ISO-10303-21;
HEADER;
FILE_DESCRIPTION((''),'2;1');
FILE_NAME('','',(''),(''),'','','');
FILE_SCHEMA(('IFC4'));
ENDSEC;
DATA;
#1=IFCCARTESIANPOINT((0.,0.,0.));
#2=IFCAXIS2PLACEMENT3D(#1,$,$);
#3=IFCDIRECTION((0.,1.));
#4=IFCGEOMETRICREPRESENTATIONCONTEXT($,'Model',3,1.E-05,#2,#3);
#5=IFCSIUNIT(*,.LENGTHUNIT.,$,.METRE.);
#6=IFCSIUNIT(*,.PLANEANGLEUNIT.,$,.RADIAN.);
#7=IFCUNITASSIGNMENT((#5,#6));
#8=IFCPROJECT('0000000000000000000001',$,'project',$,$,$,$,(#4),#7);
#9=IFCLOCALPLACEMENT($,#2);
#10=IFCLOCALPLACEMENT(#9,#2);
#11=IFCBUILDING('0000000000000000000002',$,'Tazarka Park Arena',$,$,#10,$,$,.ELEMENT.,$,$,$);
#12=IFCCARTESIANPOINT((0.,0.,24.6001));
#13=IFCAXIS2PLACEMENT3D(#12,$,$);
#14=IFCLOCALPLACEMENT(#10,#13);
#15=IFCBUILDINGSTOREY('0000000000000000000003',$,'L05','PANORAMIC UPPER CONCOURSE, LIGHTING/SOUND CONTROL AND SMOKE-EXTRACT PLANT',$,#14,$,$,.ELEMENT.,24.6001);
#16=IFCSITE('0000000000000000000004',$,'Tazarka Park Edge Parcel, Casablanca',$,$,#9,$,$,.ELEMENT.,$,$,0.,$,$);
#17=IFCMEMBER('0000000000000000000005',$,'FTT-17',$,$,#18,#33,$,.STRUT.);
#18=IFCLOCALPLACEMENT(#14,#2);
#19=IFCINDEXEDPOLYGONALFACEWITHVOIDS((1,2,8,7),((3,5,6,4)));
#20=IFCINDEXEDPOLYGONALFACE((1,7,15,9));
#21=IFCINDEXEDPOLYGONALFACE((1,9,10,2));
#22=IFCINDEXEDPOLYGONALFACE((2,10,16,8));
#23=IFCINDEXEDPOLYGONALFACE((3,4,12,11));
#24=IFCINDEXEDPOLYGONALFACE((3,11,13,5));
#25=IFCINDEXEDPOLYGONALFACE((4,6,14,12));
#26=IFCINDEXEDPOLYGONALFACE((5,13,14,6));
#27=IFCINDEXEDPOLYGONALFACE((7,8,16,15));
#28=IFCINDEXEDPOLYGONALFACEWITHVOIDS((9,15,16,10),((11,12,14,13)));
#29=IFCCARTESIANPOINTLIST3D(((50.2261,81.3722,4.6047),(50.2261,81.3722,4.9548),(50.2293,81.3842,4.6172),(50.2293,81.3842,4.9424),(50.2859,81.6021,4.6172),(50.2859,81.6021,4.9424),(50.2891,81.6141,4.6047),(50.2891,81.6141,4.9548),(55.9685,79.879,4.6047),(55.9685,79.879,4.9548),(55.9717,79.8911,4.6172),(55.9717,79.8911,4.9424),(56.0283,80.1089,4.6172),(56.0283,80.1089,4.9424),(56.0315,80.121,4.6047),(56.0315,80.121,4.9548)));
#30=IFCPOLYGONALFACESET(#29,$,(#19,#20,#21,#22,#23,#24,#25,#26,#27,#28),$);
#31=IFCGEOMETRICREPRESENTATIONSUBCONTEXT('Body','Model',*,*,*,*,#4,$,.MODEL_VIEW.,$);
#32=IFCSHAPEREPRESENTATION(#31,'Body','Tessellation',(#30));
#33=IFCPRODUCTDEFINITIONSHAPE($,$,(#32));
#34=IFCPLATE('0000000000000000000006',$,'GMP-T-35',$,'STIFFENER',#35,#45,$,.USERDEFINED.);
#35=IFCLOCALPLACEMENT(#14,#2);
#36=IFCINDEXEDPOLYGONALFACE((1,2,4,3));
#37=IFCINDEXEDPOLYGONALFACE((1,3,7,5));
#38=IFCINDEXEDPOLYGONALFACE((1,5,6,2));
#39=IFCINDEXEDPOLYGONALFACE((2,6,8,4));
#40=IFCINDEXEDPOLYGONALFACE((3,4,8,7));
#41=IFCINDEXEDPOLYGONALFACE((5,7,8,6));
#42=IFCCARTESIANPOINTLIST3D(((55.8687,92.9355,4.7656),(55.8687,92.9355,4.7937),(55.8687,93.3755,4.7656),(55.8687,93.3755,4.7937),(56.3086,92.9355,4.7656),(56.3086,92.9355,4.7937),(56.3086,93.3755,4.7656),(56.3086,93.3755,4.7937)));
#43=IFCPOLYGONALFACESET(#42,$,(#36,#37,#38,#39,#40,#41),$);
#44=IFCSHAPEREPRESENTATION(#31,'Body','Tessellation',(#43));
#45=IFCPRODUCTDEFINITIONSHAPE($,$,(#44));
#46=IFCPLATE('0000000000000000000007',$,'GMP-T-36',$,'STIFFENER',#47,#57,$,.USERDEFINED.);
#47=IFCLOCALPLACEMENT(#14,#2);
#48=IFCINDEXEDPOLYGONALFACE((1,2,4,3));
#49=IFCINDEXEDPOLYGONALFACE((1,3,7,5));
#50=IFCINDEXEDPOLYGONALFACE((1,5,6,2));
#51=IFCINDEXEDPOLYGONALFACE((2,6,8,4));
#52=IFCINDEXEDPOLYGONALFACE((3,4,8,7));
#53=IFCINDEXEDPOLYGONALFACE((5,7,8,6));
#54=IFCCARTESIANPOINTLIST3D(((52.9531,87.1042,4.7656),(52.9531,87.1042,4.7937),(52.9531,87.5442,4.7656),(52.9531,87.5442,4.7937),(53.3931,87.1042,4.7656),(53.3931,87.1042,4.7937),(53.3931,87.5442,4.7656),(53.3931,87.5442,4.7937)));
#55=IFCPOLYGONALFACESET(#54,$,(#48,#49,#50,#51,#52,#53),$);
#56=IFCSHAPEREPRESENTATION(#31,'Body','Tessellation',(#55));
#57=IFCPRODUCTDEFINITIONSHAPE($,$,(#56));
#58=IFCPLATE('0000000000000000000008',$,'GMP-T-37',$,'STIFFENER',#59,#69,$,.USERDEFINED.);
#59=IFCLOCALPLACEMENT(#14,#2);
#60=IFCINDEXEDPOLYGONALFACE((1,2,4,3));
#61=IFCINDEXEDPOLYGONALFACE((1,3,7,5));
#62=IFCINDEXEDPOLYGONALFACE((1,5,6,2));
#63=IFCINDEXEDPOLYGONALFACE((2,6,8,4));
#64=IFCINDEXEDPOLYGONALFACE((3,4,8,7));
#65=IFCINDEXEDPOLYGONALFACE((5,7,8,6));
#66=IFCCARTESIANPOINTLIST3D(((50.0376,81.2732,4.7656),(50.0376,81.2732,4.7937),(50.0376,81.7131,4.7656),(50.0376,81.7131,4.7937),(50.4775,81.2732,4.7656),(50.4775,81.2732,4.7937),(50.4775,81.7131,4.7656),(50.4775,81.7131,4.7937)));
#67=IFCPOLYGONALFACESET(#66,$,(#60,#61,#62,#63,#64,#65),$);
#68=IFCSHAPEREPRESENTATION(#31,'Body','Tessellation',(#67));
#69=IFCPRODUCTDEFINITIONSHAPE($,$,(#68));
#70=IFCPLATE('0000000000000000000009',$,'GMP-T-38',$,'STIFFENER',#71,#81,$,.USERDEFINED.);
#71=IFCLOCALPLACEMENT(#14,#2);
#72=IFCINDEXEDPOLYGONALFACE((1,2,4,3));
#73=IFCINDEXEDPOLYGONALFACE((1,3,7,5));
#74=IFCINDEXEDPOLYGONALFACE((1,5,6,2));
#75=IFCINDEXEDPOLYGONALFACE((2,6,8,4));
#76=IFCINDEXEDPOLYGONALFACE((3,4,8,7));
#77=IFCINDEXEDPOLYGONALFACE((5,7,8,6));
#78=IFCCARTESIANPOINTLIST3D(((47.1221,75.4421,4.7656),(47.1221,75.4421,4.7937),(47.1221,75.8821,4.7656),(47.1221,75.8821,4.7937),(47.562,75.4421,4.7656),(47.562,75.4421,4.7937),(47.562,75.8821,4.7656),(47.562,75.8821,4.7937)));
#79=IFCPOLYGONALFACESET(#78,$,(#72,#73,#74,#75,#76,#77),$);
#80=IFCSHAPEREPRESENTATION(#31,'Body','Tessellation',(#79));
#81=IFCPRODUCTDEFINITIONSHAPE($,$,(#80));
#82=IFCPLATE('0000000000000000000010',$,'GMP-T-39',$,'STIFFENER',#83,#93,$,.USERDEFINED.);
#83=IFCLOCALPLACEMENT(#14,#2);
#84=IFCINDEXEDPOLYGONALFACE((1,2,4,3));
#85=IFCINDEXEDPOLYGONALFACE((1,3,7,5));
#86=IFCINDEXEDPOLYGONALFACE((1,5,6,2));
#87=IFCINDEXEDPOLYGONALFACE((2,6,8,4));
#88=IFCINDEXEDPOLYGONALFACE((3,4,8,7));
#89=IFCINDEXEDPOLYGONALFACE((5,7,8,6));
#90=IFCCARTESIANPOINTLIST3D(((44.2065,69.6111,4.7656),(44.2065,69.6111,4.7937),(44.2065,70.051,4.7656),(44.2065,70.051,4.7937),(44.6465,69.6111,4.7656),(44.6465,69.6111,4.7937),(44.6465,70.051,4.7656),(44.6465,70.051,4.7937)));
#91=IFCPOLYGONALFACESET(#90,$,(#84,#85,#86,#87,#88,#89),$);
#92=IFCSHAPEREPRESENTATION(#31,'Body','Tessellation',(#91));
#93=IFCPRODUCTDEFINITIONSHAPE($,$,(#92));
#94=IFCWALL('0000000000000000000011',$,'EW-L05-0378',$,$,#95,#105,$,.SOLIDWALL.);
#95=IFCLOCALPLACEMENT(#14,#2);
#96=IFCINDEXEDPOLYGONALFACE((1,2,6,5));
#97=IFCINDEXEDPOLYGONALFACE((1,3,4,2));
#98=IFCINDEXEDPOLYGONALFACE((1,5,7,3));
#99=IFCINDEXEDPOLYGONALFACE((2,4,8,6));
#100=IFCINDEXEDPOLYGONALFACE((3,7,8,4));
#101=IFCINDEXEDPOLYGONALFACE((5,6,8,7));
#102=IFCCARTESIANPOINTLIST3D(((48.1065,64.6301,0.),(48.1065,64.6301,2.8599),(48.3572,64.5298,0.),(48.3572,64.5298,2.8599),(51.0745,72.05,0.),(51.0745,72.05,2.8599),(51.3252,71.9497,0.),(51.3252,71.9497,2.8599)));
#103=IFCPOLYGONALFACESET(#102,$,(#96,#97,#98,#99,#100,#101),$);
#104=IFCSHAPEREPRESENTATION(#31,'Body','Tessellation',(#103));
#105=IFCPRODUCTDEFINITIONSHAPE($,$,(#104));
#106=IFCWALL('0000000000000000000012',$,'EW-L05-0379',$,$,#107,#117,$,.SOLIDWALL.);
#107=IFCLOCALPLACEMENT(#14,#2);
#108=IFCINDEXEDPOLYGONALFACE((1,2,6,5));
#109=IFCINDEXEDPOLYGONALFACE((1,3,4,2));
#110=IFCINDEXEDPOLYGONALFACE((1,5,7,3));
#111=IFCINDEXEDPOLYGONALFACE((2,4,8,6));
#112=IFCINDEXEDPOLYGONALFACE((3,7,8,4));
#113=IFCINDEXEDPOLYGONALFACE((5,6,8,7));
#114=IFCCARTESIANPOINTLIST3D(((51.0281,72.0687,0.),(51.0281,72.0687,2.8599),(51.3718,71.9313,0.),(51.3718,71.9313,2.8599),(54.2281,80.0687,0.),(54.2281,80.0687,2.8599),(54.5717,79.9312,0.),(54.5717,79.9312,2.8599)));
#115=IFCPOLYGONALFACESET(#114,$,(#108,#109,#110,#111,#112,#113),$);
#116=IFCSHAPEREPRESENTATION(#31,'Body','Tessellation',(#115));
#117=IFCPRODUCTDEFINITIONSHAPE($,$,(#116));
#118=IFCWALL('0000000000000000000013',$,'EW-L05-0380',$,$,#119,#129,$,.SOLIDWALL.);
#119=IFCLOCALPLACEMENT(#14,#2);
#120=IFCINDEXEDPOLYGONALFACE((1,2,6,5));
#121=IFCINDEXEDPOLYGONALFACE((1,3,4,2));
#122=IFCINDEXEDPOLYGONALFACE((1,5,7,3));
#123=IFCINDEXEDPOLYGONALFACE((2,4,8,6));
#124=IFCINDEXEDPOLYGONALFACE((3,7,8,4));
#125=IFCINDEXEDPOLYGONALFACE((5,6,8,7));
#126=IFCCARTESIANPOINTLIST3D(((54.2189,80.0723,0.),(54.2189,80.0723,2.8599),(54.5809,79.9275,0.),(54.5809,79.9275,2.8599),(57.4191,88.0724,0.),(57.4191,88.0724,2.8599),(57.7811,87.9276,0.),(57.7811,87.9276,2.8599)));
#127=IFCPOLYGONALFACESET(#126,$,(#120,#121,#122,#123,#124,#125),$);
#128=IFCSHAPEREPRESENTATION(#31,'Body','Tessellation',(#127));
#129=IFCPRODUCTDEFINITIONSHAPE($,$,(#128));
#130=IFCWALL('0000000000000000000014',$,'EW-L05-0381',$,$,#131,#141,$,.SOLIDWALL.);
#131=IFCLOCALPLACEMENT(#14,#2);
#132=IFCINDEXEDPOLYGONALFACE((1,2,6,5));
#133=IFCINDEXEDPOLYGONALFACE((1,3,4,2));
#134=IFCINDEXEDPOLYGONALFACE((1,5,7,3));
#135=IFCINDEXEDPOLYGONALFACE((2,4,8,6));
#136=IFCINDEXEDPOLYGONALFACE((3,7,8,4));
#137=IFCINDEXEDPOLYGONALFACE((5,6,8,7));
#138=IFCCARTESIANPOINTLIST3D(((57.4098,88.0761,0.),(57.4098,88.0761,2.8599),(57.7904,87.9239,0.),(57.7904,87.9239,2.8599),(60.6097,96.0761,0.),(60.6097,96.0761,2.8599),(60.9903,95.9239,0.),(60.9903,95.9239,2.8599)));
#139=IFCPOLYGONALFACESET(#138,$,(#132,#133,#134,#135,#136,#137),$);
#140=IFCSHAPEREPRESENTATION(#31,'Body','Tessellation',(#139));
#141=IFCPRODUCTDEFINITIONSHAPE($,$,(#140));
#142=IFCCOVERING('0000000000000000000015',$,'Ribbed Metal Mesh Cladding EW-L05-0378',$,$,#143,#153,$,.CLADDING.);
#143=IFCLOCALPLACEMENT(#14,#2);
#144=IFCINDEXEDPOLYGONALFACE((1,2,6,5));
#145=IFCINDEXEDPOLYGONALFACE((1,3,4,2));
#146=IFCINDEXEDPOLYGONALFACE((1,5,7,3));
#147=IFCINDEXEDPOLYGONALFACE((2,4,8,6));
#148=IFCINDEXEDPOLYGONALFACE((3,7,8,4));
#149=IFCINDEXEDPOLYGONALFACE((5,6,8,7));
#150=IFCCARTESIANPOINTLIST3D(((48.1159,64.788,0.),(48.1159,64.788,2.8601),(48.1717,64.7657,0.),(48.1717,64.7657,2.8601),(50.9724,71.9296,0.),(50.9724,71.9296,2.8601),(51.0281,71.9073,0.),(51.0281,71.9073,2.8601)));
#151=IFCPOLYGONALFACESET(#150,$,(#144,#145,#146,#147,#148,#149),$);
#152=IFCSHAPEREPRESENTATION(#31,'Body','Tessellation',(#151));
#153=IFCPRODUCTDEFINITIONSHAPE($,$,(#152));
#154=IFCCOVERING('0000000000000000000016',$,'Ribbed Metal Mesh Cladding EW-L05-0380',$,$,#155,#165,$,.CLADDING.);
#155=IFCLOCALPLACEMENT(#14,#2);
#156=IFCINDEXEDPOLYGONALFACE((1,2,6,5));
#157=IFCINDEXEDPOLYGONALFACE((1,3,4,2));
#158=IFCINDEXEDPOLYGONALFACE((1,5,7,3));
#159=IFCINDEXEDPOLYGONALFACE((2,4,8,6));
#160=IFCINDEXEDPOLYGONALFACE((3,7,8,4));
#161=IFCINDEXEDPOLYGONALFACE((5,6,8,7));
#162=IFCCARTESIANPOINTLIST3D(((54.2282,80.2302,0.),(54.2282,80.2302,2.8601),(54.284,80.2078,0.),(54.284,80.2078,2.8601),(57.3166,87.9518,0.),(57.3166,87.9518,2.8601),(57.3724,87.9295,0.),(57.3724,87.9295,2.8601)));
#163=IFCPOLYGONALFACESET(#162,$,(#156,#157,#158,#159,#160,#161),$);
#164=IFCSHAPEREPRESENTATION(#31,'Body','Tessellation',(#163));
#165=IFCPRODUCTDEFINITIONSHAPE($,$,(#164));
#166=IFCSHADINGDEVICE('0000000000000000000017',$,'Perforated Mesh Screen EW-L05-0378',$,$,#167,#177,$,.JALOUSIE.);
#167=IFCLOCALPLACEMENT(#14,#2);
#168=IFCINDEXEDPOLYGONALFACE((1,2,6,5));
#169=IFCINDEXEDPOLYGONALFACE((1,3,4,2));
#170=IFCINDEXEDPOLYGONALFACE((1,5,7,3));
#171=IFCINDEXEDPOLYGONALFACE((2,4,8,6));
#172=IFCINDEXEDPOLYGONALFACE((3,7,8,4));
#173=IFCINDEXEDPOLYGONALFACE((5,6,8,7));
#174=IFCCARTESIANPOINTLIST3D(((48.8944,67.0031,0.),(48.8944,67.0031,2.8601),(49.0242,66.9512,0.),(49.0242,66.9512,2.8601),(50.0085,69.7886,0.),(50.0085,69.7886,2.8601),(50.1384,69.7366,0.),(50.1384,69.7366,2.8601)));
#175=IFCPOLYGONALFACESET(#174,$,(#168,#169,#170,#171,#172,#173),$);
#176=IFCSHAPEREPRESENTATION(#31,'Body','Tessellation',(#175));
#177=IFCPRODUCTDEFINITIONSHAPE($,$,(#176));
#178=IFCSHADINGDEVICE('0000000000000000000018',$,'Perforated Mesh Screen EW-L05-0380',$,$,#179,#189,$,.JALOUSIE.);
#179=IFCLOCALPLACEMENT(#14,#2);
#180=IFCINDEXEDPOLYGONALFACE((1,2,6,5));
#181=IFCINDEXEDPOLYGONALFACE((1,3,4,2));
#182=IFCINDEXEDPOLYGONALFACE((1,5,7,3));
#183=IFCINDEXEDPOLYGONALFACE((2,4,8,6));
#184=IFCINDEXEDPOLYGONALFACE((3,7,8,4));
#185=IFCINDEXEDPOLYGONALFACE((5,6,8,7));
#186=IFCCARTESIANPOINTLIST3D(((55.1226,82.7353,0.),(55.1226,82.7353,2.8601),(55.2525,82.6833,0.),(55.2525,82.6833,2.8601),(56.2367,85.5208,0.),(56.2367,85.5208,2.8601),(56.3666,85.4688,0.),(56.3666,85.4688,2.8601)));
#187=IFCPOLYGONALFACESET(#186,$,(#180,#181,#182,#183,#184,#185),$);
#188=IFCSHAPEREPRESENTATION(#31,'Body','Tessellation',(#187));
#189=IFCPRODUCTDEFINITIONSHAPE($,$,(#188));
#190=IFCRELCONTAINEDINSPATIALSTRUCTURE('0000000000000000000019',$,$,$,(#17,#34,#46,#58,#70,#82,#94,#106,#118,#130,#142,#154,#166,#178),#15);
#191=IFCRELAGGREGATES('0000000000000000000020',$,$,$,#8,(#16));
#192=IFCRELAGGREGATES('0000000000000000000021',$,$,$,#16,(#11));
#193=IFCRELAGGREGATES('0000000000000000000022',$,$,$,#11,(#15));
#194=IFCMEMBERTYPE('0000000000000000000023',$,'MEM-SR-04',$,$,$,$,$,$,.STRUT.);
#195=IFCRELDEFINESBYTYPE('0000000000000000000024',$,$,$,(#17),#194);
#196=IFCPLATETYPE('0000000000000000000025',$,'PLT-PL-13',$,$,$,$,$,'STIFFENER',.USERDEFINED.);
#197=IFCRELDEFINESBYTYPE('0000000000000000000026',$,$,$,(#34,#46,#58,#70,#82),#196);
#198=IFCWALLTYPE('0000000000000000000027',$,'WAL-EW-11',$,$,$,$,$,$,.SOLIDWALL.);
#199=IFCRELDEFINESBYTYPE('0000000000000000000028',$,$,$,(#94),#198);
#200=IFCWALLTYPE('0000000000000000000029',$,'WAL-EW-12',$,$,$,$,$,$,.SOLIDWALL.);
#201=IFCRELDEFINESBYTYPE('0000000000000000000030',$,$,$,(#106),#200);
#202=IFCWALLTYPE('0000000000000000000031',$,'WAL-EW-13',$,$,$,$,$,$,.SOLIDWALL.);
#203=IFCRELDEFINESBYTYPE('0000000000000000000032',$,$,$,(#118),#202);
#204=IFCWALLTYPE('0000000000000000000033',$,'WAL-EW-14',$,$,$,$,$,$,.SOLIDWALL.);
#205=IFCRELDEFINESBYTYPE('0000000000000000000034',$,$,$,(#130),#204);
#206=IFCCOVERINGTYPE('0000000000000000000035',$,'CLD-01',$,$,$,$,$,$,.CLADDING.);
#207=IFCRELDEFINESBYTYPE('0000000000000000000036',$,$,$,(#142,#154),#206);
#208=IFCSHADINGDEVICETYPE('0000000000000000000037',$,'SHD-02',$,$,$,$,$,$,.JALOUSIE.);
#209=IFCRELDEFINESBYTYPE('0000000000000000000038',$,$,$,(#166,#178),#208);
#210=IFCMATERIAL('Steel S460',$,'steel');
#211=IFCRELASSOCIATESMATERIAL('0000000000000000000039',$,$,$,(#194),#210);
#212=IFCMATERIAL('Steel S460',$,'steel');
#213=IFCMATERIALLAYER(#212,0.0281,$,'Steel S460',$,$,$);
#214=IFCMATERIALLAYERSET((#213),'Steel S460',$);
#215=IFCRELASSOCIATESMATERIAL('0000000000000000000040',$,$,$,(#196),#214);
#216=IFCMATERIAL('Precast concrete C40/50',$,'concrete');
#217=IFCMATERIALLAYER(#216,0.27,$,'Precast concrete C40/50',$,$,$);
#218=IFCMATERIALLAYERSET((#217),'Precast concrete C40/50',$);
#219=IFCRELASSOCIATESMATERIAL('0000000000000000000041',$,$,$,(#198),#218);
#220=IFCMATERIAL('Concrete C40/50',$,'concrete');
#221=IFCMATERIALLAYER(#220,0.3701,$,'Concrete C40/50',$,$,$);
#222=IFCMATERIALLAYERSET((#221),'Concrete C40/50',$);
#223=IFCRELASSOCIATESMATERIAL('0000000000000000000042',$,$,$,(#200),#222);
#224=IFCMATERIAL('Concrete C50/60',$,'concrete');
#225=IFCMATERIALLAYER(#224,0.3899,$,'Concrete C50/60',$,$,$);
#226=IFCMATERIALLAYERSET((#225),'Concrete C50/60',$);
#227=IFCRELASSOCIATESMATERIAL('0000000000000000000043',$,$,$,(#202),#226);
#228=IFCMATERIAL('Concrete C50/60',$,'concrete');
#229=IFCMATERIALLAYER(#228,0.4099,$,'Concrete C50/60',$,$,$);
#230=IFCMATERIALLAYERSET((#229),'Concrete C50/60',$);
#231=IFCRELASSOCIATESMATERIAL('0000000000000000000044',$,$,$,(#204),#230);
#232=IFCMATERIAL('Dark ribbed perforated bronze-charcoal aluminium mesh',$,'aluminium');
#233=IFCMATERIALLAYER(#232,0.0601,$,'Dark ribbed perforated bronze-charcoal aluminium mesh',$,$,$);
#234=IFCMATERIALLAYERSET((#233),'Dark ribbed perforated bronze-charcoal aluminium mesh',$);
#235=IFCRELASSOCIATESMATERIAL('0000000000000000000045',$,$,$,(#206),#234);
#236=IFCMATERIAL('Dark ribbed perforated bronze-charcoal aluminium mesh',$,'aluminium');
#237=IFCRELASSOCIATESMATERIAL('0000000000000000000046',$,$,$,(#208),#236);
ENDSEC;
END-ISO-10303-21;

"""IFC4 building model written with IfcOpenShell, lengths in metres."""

from ifc_helpers import new_model, si_unit, direction, frame, frame_2d, origin, origin_2d, place, context, subcontext, project, spatial, rectangle, hollow_rectangle, extrude, material, layer, layer_set, material_profile, profile_set, type_object, element, save


model = new_model("IFC4")

# Units and contexts
model_context = context("Model", 3, precision=1e-05, world=origin(), true_north=direction((0.0, 1.0)))
body_context = subcontext(model_context, "Body", "Model", "MODEL_VIEW")
ifc_project = project(units=[si_unit("LENGTHUNIT", "METRE"), si_unit("PLANEANGLEUNIT", "RADIAN")], contexts=[model_context])

# Site, building, storey
site_placement = place(None, origin())
site = spatial("IfcSite", under=ifc_project, at=site_placement, Name="Tazarka Park Edge Parcel, Casablanca", CompositionType="ELEMENT", RefElevation=0.0)
building_placement = place(site_placement, origin())
building = spatial("IfcBuilding", under=site, at=building_placement, Name="Tazarka Park Arena", CompositionType="ELEMENT")
storey_placement = place(building_placement, frame((0.0, 0.0, 24.6001)))
storey = spatial("IfcBuildingStorey", under=building, at=storey_placement, Name="L05", Description="PANORAMIC UPPER CONCOURSE, LIGHTING/SOUND CONTROL AND SMOKE-EXTRACT PLANT", CompositionType="ELEMENT", Elevation=24.6001)

# Member
ifc_material_1 = material(Name="Steel S460", Category="steel")
ifc_material_profile_1 = material_profile(ifc_material_1, hollow_rectangle(XDim=0.25, YDim=0.3501, WallThickness=0.0125, at=origin_2d()), Name="Steel S460")
ifc_profile_set_1 = profile_set([ifc_material_profile_1], Name="Steel S460")
member_type_1 = type_object("IfcMemberType", Name="MEM-SR-04", PredefinedType="STRUT", material=ifc_profile_set_1)
member_1_placement = place(storey_placement, frame((56.0, 80.0, 4.7798), z_axis=(-0.967817, 0.251655, 0.0), x_axis=(-0.251655, -0.967817, 0.0)))
element("IfcMember", 1, at=member_1_placement, inside=storey, type_object=member_type_1, Name="FTT-17", PredefinedType="STRUT", context=body_context, shape_type="SweptSolid", body=[
    extrude(hollow_rectangle(XDim=0.25, YDim=0.3501, WallThickness=0.0125, at=origin_2d()), origin(), (0.0, 0.0, 1.0), 5.9333),
])

# Plates
ifc_material_2 = material(Name="Steel S460", Category="steel")
ifc_layer_1 = layer(ifc_material_2, 0.0281, Name="Steel S460")
ifc_layer_set_1 = layer_set([ifc_layer_1], Name="Steel S460")
plate_type = type_object("IfcPlateType", Name="PLT-PL-13", ElementType="STIFFENER", PredefinedType="USERDEFINED", material=ifc_layer_set_1)
for number, where, z_axis, x_axis, name in (
    (2, (56.0886, 93.1555, 4.7656), (0.0, 0.0, 1.0), (1.0, 0.0, 0.0), "GMP-T-35"),
    (3, (53.1731, 87.3242, 4.7656), (0.0, 0.0, 1.0), (1.0, 0.0, 0.0), "GMP-T-36"),
    (4, (50.2576, 81.4932, 4.7656), (0.0, 0.0, 1.0), (1.0, 0.0, 0.0), "GMP-T-37"),
    (5, (47.342, 75.6621, 4.7656), (0.0, 0.0, 1.0), (1.0, 0.0, 0.0), "GMP-T-38"),
    (6, (44.4265, 69.8311, 4.7656), (0.0, 0.0, 1.0), (1.0, 0.0, 0.0), "GMP-T-39"),
):
    element("IfcPlate", number, at=place(storey_placement, frame(where, z_axis=z_axis, x_axis=x_axis)), inside=storey, type_object=plate_type, Name=name, ObjectType="STIFFENER", PredefinedType="USERDEFINED", context=body_context, shape_type="SweptSolid", body=[
        extrude(rectangle(XDim=0.4399, YDim=0.4399, at=origin_2d()), origin(), (0.0, 0.0, 1.0), 0.0281),
    ])

# Walls
ifc_material_3 = material(Name="Precast concrete C40/50", Category="concrete")
ifc_layer_2 = layer(ifc_material_3, 0.27, Name="Precast concrete C40/50")
ifc_layer_set_2 = layer_set([ifc_layer_2], Name="Precast concrete C40/50")
wall_type_1 = type_object("IfcWallType", Name="WAL-EW-11", PredefinedType="SOLIDWALL", material=ifc_layer_set_2)
wall_1_placement = place(storey_placement, frame((48.2319, 64.5801, 0.0), z_axis=(0.0, 0.0, 1.0), x_axis=(0.371396, 0.928475, 0.0)))
element("IfcWall", 7, at=wall_1_placement, inside=storey, type_object=wall_type_1, Name="EW-L05-0378", PredefinedType="SOLIDWALL", context=body_context, shape_type="SweptSolid", body=[
    extrude(rectangle(XDim=7.9915, YDim=0.27, at=frame_2d((3.9956, 0.0))), origin(), (0.0, 0.0, 1.0), 2.8599),
])
ifc_material_4 = material(Name="Concrete C40/50", Category="concrete")
ifc_layer_3 = layer(ifc_material_4, 0.3701, Name="Concrete C40/50")
ifc_layer_set_3 = layer_set([ifc_layer_3], Name="Concrete C40/50")
wall_type_2 = type_object("IfcWallType", Name="WAL-EW-12", PredefinedType="SOLIDWALL", material=ifc_layer_set_3)
wall_2_placement = place(storey_placement, frame((51.2, 72.0, 0.0), z_axis=(0.0, 0.0, 1.0), x_axis=(0.371386, 0.928479, 0.0)))
element("IfcWall", 8, at=wall_2_placement, inside=storey, type_object=wall_type_2, Name="EW-L05-0379", PredefinedType="SOLIDWALL", context=body_context, shape_type="SweptSolid", body=[
    extrude(rectangle(XDim=8.6162, YDim=0.3701, at=frame_2d((4.3081, 0.0))), origin(), (0.0, 0.0, 1.0), 2.8599),
])
ifc_material_5 = material(Name="Concrete C50/60", Category="concrete")
ifc_layer_4 = layer(ifc_material_5, 0.3899, Name="Concrete C50/60")
ifc_layer_set_4 = layer_set([ifc_layer_4], Name="Concrete C50/60")
wall_type_3 = type_object("IfcWallType", Name="WAL-EW-13", PredefinedType="SOLIDWALL", material=ifc_layer_set_4)
wall_3_placement = place(storey_placement, frame((54.3999, 80.0, 0.0), z_axis=(0.0, 0.0, 1.0), x_axis=(0.37141, 0.928469, 0.0)))
element("IfcWall", 9, at=wall_3_placement, inside=storey, type_object=wall_type_3, Name="EW-L05-0380", PredefinedType="SOLIDWALL", context=body_context, shape_type="SweptSolid", body=[
    extrude(rectangle(XDim=8.6165, YDim=0.3899, at=frame_2d((4.3081, 0.0))), origin(), (0.0, 0.0, 1.0), 2.8599),
])
ifc_material_6 = material(Name="Concrete C50/60", Category="concrete")
ifc_layer_5 = layer(ifc_material_6, 0.4099, Name="Concrete C50/60")
ifc_layer_set_5 = layer_set([ifc_layer_5], Name="Concrete C50/60")
wall_type_4 = type_object("IfcWallType", Name="WAL-EW-14", PredefinedType="SOLIDWALL", material=ifc_layer_set_5)
wall_4_placement = place(storey_placement, frame((57.6001, 88.0, 0.0), z_axis=(0.0, 0.0, 1.0), x_axis=(0.371386, 0.928479, 0.0)))
element("IfcWall", 10, at=wall_4_placement, inside=storey, type_object=wall_type_4, Name="EW-L05-0381", PredefinedType="SOLIDWALL", context=body_context, shape_type="SweptSolid", body=[
    extrude(rectangle(XDim=8.6162, YDim=0.4099, at=frame_2d((4.3081, 0.0))), origin(), (0.0, 0.0, 1.0), 2.8599),
])

# Coverings
ifc_material_7 = material(Name="Dark ribbed perforated bronze-charcoal aluminium mesh", Category="aluminium")
ifc_layer_6 = layer(ifc_material_7, 0.0601, Name="Dark ribbed perforated bronze-charcoal aluminium mesh")
ifc_layer_set_6 = layer_set([ifc_layer_6], Name="Dark ribbed perforated bronze-charcoal aluminium mesh")
covering_type = type_object("IfcCoveringType", Name="CLD-01", PredefinedType="CLADDING", material=ifc_layer_set_6)
covering_1_placement = place(storey_placement, frame((49.572, 68.3477, 0.0), z_axis=(0.0, 0.0, 1.0), x_axis=(0.371368, 0.928486, 0.0)))
element("IfcCovering", 11, at=covering_1_placement, inside=storey, type_object=covering_type, Name="Ribbed Metal Mesh Cladding EW-L05-0378", PredefinedType="CLADDING", context=body_context, shape_type="SweptSolid", body=[
    extrude(rectangle(XDim=7.6917, YDim=0.0601, at=origin_2d()), origin(), (0.0, 0.0, 1.0), 2.8601),
])
covering_2_placement = place(storey_placement, frame((55.8003, 84.0798, 0.0), z_axis=(0.0, 0.0, 1.0), x_axis=(0.371368, 0.928486, 0.0)))
element("IfcCovering", 12, at=covering_2_placement, inside=storey, type_object=covering_type, Name="Ribbed Metal Mesh Cladding EW-L05-0380", PredefinedType="CLADDING", context=body_context, shape_type="SweptSolid", body=[
    extrude(rectangle(XDim=8.3164, YDim=0.0601, at=origin_2d()), origin(), (0.0, 0.0, 1.0), 2.8601),
])

# Shading devices
ifc_material_8 = material(Name="Dark ribbed perforated bronze-charcoal aluminium mesh", Category="aluminium")
shading_device_type = type_object("IfcShadingDeviceType", Name="SHD-02", PredefinedType="JALOUSIE", material=ifc_material_8)
for number, where, z_axis, x_axis, name in (
    (13, (49.5164, 68.3699, 0.0), (0.0, 0.0, 1.0), (0.371368, 0.928486, 0.0), "Perforated Mesh Screen EW-L05-0378"),
    (14, (55.7446, 84.1021, 0.0), (0.0, 0.0, 1.0), (0.371368, 0.928486, 0.0), "Perforated Mesh Screen EW-L05-0380"),
):
    element("IfcShadingDevice", number, at=place(storey_placement, frame(where, z_axis=z_axis, x_axis=x_axis)), inside=storey, type_object=shading_device_type, Name=name, PredefinedType="JALOUSIE", context=body_context, shape_type="SweptSolid", body=[
        extrude(rectangle(XDim=3.0, YDim=0.1399, at=origin_2d()), origin(), (0.0, 0.0, 1.0), 2.8601),
    ])

save(model, "model.ifc")
